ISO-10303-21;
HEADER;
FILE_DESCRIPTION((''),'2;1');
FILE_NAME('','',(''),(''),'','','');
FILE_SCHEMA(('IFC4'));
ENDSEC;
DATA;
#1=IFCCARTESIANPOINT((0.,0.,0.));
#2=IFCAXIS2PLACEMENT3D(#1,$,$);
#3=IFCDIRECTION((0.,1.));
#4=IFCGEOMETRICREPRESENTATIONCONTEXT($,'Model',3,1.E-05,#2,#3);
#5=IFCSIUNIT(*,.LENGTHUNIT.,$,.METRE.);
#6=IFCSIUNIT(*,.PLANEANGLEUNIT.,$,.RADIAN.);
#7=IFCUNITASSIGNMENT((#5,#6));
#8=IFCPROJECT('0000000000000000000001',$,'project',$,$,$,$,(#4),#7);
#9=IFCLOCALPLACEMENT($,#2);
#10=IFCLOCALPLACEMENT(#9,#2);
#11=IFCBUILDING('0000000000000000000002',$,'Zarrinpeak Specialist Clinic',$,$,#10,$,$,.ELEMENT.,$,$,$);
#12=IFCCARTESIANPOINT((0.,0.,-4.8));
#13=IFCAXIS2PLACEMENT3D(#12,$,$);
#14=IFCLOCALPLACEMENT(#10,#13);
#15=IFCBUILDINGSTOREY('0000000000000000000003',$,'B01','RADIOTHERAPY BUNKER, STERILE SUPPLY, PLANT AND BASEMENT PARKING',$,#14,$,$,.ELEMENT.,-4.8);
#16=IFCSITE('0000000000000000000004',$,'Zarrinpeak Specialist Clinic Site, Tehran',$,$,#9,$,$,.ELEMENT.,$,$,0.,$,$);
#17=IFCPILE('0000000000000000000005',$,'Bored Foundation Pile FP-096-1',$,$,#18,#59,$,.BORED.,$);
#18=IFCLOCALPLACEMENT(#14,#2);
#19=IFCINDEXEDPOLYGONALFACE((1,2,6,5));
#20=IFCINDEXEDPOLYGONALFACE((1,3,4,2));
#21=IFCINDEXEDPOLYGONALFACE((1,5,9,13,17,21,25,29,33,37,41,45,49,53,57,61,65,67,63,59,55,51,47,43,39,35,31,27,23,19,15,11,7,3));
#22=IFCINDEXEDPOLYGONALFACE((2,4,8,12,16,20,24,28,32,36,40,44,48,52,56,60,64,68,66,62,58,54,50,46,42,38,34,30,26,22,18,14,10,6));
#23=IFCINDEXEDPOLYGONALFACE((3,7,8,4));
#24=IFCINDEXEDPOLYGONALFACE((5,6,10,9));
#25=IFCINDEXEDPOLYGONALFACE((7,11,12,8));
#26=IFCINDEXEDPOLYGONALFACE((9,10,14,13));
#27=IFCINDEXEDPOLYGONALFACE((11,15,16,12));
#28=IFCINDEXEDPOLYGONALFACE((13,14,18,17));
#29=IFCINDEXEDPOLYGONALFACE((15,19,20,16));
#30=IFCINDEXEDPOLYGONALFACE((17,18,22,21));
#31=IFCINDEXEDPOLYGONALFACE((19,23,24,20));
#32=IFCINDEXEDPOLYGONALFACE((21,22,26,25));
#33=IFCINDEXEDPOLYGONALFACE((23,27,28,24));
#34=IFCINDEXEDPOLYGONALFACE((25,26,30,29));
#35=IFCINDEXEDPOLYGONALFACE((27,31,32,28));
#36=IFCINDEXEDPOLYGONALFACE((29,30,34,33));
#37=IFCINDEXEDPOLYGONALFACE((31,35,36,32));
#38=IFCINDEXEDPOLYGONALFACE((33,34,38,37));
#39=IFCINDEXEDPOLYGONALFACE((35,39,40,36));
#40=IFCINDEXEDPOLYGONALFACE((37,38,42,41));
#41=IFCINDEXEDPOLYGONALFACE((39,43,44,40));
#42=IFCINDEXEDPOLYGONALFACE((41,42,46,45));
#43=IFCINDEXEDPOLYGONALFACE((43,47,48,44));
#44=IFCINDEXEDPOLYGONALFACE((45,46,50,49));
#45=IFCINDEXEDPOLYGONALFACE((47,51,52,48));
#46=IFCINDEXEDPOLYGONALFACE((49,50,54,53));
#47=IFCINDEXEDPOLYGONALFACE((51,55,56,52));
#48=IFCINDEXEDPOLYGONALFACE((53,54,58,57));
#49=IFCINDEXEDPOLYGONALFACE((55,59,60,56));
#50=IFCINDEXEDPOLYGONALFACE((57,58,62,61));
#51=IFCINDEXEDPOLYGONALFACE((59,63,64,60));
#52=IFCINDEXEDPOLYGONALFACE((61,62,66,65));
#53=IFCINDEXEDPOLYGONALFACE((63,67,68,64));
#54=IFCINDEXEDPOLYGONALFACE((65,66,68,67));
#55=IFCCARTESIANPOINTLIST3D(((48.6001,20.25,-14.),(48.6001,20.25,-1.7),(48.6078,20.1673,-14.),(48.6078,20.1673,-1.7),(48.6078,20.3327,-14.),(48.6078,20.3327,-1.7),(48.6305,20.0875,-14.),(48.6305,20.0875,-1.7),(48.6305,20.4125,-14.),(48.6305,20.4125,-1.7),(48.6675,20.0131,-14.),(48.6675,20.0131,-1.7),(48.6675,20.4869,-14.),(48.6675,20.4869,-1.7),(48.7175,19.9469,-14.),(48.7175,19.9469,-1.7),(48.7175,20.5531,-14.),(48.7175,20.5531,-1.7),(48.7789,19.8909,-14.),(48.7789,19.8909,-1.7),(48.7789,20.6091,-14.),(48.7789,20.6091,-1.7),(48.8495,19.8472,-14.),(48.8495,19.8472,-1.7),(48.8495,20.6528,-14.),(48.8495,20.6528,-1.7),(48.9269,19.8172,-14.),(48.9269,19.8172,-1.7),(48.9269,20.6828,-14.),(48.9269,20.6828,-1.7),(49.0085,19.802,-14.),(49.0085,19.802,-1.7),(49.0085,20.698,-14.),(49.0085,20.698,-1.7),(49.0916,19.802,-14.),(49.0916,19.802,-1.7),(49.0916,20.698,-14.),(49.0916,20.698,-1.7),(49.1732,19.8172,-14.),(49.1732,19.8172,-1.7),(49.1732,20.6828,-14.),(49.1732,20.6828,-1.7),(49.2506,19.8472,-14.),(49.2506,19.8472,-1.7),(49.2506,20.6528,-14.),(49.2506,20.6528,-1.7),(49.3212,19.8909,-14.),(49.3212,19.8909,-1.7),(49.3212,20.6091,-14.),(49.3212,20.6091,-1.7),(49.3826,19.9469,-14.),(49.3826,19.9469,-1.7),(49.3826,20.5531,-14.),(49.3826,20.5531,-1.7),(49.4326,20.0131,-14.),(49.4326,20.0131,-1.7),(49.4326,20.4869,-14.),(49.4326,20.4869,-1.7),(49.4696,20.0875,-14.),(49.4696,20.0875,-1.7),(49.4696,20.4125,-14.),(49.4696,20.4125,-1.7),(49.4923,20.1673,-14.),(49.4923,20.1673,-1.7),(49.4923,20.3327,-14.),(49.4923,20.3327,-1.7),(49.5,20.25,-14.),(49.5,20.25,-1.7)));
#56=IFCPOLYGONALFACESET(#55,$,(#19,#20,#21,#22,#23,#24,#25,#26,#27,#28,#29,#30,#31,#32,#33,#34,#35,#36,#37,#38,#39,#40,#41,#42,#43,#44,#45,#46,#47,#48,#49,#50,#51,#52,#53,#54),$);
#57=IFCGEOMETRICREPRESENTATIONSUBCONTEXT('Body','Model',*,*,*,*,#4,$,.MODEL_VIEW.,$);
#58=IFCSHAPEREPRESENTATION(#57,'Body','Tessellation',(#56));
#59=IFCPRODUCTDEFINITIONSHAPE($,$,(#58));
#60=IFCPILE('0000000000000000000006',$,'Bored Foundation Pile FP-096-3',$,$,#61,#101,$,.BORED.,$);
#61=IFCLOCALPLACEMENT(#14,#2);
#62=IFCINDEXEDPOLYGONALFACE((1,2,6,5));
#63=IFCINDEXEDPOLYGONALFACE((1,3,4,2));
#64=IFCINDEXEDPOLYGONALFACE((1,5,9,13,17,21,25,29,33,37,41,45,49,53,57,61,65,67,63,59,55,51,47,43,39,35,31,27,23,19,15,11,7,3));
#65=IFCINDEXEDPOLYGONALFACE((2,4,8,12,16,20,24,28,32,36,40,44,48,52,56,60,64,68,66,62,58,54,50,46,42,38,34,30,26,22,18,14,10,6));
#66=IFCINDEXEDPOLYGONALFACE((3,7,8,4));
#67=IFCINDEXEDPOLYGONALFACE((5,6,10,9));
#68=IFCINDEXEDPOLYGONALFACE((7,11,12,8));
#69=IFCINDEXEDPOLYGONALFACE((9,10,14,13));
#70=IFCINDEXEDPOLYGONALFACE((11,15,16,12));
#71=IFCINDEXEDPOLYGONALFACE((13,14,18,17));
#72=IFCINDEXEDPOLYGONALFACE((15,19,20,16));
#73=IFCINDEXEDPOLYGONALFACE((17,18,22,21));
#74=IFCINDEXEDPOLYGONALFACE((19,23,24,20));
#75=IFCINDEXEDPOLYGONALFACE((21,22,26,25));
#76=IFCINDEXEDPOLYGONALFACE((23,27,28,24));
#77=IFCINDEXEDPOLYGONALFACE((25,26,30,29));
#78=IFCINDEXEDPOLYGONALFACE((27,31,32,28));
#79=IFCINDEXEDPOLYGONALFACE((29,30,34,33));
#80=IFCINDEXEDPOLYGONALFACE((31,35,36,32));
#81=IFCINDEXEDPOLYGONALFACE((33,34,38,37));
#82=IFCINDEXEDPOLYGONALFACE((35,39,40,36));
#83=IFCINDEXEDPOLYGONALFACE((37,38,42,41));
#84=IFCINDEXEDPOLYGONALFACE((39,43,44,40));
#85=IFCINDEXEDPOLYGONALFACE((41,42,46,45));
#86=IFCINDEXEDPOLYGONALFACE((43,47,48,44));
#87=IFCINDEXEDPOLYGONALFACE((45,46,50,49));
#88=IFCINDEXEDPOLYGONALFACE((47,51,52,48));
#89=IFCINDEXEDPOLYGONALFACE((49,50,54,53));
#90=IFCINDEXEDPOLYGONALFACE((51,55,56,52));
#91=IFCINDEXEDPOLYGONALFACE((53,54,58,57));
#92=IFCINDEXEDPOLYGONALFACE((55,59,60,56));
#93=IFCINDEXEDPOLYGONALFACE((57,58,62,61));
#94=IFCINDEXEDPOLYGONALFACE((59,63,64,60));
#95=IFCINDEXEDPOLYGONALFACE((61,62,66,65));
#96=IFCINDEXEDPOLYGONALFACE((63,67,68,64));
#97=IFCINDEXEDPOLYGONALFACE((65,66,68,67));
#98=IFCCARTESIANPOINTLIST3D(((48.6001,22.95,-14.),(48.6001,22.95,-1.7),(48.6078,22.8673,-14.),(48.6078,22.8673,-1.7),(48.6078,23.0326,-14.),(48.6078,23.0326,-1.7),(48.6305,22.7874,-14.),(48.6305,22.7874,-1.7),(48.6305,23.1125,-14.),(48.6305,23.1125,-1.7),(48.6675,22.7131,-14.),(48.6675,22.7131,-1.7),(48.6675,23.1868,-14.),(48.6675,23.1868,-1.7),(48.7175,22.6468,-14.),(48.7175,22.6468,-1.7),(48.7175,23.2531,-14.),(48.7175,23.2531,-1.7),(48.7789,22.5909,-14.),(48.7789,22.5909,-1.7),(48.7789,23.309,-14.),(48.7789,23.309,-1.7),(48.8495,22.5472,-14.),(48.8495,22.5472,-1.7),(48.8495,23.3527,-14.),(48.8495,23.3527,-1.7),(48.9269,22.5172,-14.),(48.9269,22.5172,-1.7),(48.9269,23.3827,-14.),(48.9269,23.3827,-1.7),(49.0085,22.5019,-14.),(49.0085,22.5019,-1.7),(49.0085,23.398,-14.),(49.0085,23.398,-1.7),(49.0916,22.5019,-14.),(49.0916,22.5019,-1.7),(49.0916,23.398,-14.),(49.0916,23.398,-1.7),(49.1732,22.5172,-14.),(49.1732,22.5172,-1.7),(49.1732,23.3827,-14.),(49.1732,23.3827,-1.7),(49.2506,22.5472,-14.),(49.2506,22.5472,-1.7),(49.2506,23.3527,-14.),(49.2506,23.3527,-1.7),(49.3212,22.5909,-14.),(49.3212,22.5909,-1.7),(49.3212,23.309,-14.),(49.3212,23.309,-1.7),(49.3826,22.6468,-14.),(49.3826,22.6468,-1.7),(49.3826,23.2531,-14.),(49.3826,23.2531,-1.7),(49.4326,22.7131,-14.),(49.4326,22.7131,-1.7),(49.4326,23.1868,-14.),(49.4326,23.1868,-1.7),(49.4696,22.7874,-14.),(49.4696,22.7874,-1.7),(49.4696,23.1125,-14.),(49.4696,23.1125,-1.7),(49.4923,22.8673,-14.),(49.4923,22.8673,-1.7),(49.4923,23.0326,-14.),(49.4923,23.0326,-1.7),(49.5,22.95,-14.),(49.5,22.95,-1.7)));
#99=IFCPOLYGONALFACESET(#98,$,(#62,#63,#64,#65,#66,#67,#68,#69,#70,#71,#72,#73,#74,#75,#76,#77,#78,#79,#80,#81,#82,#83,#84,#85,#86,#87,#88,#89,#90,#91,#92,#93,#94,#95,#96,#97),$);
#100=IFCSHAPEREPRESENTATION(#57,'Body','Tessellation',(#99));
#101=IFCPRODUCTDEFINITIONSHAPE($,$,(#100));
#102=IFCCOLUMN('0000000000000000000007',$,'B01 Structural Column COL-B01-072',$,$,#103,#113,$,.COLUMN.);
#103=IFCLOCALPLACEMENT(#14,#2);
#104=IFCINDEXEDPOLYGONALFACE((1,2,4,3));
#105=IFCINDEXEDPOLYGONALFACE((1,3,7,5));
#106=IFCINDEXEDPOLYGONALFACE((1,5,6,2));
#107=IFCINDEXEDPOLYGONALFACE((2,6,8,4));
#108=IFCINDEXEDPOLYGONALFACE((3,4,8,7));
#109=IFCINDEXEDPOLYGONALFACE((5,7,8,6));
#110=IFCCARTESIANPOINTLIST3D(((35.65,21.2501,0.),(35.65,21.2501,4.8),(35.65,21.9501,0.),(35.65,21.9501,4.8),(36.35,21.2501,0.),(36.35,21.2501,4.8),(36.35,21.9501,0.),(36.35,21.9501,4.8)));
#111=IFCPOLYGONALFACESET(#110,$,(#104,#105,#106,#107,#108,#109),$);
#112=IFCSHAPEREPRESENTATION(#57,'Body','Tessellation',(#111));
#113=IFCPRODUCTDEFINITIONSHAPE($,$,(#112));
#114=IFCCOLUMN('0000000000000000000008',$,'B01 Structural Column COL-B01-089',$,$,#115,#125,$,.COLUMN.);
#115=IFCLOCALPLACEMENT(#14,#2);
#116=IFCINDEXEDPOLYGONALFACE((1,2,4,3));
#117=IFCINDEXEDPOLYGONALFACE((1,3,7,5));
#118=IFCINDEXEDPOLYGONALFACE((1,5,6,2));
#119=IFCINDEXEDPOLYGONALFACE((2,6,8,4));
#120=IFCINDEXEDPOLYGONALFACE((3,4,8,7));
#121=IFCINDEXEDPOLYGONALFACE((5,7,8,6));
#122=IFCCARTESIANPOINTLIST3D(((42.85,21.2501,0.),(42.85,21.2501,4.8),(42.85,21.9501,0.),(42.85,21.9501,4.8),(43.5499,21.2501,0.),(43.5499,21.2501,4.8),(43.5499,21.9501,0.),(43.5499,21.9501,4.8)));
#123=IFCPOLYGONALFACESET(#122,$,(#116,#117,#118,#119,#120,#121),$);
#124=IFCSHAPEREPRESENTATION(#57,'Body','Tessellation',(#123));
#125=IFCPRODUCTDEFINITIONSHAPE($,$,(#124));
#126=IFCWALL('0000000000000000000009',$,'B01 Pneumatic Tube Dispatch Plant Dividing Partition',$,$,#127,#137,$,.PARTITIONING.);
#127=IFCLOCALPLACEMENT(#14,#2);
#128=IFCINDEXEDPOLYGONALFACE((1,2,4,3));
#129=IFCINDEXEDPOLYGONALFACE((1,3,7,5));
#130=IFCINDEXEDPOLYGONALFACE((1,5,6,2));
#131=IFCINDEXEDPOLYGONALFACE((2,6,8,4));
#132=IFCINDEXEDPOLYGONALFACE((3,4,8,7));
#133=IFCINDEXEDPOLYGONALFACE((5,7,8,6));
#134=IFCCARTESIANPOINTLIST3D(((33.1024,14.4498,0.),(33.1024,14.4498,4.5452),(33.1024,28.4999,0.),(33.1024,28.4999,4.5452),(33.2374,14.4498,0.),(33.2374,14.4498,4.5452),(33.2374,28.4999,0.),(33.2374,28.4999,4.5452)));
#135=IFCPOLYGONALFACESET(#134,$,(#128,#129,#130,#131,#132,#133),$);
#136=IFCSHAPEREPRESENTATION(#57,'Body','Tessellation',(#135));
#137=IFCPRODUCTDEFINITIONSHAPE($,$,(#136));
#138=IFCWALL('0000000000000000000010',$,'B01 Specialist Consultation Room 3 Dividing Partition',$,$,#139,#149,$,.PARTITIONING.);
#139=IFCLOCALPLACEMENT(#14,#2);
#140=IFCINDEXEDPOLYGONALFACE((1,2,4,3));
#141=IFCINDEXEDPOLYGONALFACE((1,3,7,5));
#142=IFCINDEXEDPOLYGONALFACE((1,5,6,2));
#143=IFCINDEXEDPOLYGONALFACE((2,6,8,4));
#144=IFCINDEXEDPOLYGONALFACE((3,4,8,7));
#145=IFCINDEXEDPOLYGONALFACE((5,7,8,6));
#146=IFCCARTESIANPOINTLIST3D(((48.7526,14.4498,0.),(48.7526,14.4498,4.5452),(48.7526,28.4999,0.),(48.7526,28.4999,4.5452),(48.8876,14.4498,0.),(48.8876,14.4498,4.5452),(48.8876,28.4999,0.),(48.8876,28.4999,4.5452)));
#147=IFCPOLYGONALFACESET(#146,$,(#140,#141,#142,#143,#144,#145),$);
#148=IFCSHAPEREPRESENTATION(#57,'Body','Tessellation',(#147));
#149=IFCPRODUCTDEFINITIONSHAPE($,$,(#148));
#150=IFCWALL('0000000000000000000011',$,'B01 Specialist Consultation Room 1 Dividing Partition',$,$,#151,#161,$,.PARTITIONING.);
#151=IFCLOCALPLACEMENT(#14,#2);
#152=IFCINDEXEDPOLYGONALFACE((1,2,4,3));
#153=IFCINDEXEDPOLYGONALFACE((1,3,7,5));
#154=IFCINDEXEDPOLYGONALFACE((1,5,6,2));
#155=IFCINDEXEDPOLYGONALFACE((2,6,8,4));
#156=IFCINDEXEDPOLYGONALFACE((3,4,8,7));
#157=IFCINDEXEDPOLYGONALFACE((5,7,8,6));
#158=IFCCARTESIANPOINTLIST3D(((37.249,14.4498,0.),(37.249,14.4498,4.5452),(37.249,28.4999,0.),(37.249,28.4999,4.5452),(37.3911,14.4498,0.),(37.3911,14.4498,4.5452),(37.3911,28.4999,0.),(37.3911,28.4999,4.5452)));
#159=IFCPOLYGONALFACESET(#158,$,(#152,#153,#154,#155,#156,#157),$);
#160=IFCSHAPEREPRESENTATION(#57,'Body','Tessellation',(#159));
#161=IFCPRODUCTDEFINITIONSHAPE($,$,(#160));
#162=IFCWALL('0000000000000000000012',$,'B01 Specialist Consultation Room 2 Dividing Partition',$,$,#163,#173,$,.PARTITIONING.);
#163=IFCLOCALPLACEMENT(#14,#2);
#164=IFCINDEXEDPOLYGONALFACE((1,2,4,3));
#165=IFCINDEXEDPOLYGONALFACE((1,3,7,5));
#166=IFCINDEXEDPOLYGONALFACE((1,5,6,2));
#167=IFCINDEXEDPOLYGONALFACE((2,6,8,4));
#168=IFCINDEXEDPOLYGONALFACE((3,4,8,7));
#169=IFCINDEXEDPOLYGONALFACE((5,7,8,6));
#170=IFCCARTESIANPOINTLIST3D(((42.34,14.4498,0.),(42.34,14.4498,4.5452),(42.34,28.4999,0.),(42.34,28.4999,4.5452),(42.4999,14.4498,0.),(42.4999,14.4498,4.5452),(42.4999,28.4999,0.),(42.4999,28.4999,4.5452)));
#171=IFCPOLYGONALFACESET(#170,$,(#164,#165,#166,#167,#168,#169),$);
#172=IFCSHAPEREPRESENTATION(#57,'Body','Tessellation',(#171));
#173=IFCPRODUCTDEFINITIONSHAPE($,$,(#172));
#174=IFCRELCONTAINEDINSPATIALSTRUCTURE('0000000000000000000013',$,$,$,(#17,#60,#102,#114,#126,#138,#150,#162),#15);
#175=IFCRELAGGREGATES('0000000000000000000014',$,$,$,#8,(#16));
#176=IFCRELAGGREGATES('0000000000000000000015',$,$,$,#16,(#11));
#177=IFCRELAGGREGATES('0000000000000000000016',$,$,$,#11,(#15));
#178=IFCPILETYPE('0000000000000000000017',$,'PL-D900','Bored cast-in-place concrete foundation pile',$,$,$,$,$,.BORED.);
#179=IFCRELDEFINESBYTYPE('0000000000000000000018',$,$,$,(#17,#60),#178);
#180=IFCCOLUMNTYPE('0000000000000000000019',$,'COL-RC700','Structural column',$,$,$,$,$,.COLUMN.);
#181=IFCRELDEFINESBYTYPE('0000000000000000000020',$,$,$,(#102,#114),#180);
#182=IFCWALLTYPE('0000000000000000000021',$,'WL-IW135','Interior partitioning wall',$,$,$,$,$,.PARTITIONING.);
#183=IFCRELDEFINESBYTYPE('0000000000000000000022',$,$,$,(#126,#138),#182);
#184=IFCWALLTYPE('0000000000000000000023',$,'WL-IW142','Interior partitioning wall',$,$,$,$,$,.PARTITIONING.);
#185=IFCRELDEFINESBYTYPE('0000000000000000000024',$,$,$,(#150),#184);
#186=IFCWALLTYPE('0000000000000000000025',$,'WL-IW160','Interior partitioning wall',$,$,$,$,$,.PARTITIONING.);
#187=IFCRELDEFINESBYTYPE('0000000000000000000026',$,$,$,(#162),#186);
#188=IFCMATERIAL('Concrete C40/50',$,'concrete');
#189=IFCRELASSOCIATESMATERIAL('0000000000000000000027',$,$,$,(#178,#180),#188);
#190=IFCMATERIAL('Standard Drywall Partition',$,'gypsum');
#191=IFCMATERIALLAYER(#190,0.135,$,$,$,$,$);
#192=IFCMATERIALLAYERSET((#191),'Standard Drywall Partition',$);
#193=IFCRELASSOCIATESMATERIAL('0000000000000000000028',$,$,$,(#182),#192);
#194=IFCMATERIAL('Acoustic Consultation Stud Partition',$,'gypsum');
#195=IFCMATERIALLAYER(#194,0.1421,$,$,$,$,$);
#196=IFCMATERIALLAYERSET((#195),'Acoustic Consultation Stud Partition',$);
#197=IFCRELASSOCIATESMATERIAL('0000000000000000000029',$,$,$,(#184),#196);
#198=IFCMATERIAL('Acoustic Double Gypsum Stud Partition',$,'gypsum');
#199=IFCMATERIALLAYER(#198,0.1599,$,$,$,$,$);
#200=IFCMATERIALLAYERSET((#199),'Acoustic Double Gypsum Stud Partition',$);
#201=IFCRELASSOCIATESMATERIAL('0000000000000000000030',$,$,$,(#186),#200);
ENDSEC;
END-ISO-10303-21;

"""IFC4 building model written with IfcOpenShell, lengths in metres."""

from ifc_helpers import new_model, si_unit, direction, frame, frame_2d, origin, origin_2d, place, context, subcontext, project, spatial, rectangle, circle, extrude, material, layer, layer_set, material_profile, profile_set, type_object, element, save


model = new_model("IFC4")

# Units and contexts
model_context = context("Model", 3, precision=1e-05, world=origin(), true_north=direction((0.0, 1.0)))
body_context = subcontext(model_context, "Body", "Model", "MODEL_VIEW")
ifc_project = project(units=[si_unit("LENGTHUNIT", "METRE"), si_unit("PLANEANGLEUNIT", "RADIAN")], contexts=[model_context])

# Site, building, storey
site_placement = place(None, origin())
site = spatial("IfcSite", under=ifc_project, at=site_placement, Name="Zarrinpeak Specialist Clinic Site, Tehran", CompositionType="ELEMENT", RefElevation=0.0)
building_placement = place(site_placement, origin())
building = spatial("IfcBuilding", under=site, at=building_placement, Name="Zarrinpeak Specialist Clinic", CompositionType="ELEMENT")
storey_placement = place(building_placement, frame((0.0, 0.0, -4.8)))
storey = spatial("IfcBuildingStorey", under=building, at=storey_placement, Name="B01", Description="RADIOTHERAPY BUNKER, STERILE SUPPLY, PLANT AND BASEMENT PARKING", CompositionType="ELEMENT", Elevation=-4.8)

# Shared definitions
ifc_material_1 = material(Name="Concrete C40/50", Category="concrete")

# Piles
ifc_material_profile_1 = material_profile(ifc_material_1, circle(Radius=0.45, at=origin_2d()), Name="BORED PILE D900")
ifc_profile_set_1 = profile_set([ifc_material_profile_1], Name="Concrete C40/50")
pile_type = type_object("IfcPileType", Name="PL-D900", Description="Bored cast-in-place concrete foundation pile", PredefinedType="BORED", material=ifc_profile_set_1)
for number, where, z_axis, x_axis, name in (
    (1, (49.05, 20.25, -1.7), (0.0, 0.0, -1.0), (1.0, 0.0, 0.0), "Bored Foundation Pile FP-096-1"),
    (2, (49.05, 22.95, -1.7), (0.0, 0.0, -1.0), (1.0, 0.0, 0.0), "Bored Foundation Pile FP-096-3"),
):
    element("IfcPile", number, at=place(storey_placement, frame(where, z_axis=z_axis, x_axis=x_axis)), inside=storey, type_object=pile_type, Name=name, PredefinedType="BORED", context=body_context, shape_type="SweptSolid", body=[
        extrude(circle(Radius=0.45, at=origin_2d()), origin(), (0.0, 0.0, 1.0), 12.3),
    ])

# Columns
ifc_material_profile_2 = material_profile(ifc_material_1, rectangle(XDim=0.7, YDim=0.7, at=origin_2d()), Name="RC 700x700")
ifc_profile_set_2 = profile_set([ifc_material_profile_2], Name="Concrete C40/50")
column_type = type_object("IfcColumnType", Name="COL-RC700", Description="Structural column", PredefinedType="COLUMN", material=ifc_profile_set_2)
for number, where, z_axis, x_axis, name in (
    (3, (36.0, 21.6001, 0.0), (0.0, 0.0, 1.0), (1.0, 0.0, 0.0), "B01 Structural Column COL-B01-072"),
    (4, (43.2, 21.6001, 0.0), (0.0, 0.0, 1.0), (1.0, 0.0, 0.0), "B01 Structural Column COL-B01-089"),
):
    element("IfcColumn", number, at=place(storey_placement, frame(where, z_axis=z_axis, x_axis=x_axis)), inside=storey, type_object=column_type, Name=name, PredefinedType="COLUMN", context=body_context, shape_type="SweptSolid", body=[
        extrude(rectangle(XDim=0.7, YDim=0.7, at=origin_2d()), origin(), (0.0, 0.0, 1.0), 4.8),
    ])

# Walls
ifc_material_2 = material(Name="Standard Drywall Partition", Category="gypsum")
ifc_layer_1 = layer(ifc_material_2, 0.135)
ifc_layer_set_1 = layer_set([ifc_layer_1], Name="Standard Drywall Partition")
wall_type_1 = type_object("IfcWallType", Name="WL-IW135", Description="Interior partitioning wall", PredefinedType="PARTITIONING", material=ifc_layer_set_1)
for number, where, z_axis, x_axis, name in (
    (5, (33.1699, 14.45, 0.0), (0.0, 0.0, 1.0), (0.0, 1.0, 0.0), "B01 Pneumatic Tube Dispatch Plant Dividing Partition"),
    (6, (48.8201, 14.45, 0.0), (0.0, 0.0, 1.0), (0.0, 1.0, 0.0), "B01 Specialist Consultation Room 3 Dividing Partition"),
):
    element("IfcWall", number, at=place(storey_placement, frame(where, z_axis=z_axis, x_axis=x_axis)), inside=storey, type_object=wall_type_1, Name=name, PredefinedType="PARTITIONING", context=body_context, shape_type="SweptSolid", body=[
        extrude(rectangle(XDim=14.05, YDim=0.135, at=frame_2d((7.0249, 0.0))), origin(), (0.0, 0.0, 1.0), 4.5452),
    ])
ifc_material_3 = material(Name="Acoustic Consultation Stud Partition", Category="gypsum")
ifc_layer_2 = layer(ifc_material_3, 0.1421)
ifc_layer_set_2 = layer_set([ifc_layer_2], Name="Acoustic Consultation Stud Partition")
wall_type_2 = type_object("IfcWallType", Name="WL-IW142", Description="Interior partitioning wall", PredefinedType="PARTITIONING", material=ifc_layer_set_2)
wall_1_placement = place(storey_placement, frame((37.3201, 14.45, 0.0), z_axis=(0.0, 0.0, 1.0), x_axis=(0.0, 1.0, 0.0)))
element("IfcWall", 7, at=wall_1_placement, inside=storey, type_object=wall_type_2, Name="B01 Specialist Consultation Room 1 Dividing Partition", PredefinedType="PARTITIONING", context=body_context, shape_type="SweptSolid", body=[
    extrude(rectangle(XDim=14.05, YDim=0.1421, at=frame_2d((7.0249, 0.0))), origin(), (0.0, 0.0, 1.0), 4.5452),
])
ifc_material_4 = material(Name="Acoustic Double Gypsum Stud Partition", Category="gypsum")
ifc_layer_3 = layer(ifc_material_4, 0.1599)
ifc_layer_set_3 = layer_set([ifc_layer_3], Name="Acoustic Double Gypsum Stud Partition")
wall_type_3 = type_object("IfcWallType", Name="WL-IW160", Description="Interior partitioning wall", PredefinedType="PARTITIONING", material=ifc_layer_set_3)
wall_2_placement = place(storey_placement, frame((42.4199, 14.45, 0.0), z_axis=(0.0, 0.0, 1.0), x_axis=(0.0, 1.0, 0.0)))
element("IfcWall", 8, at=wall_2_placement, inside=storey, type_object=wall_type_3, Name="B01 Specialist Consultation Room 2 Dividing Partition", PredefinedType="PARTITIONING", context=body_context, shape_type="SweptSolid", body=[
    extrude(rectangle(XDim=14.05, YDim=0.1599, at=frame_2d((7.0249, 0.0))), origin(), (0.0, 0.0, 1.0), 4.5452),
])

save(model, "model.ifc")
